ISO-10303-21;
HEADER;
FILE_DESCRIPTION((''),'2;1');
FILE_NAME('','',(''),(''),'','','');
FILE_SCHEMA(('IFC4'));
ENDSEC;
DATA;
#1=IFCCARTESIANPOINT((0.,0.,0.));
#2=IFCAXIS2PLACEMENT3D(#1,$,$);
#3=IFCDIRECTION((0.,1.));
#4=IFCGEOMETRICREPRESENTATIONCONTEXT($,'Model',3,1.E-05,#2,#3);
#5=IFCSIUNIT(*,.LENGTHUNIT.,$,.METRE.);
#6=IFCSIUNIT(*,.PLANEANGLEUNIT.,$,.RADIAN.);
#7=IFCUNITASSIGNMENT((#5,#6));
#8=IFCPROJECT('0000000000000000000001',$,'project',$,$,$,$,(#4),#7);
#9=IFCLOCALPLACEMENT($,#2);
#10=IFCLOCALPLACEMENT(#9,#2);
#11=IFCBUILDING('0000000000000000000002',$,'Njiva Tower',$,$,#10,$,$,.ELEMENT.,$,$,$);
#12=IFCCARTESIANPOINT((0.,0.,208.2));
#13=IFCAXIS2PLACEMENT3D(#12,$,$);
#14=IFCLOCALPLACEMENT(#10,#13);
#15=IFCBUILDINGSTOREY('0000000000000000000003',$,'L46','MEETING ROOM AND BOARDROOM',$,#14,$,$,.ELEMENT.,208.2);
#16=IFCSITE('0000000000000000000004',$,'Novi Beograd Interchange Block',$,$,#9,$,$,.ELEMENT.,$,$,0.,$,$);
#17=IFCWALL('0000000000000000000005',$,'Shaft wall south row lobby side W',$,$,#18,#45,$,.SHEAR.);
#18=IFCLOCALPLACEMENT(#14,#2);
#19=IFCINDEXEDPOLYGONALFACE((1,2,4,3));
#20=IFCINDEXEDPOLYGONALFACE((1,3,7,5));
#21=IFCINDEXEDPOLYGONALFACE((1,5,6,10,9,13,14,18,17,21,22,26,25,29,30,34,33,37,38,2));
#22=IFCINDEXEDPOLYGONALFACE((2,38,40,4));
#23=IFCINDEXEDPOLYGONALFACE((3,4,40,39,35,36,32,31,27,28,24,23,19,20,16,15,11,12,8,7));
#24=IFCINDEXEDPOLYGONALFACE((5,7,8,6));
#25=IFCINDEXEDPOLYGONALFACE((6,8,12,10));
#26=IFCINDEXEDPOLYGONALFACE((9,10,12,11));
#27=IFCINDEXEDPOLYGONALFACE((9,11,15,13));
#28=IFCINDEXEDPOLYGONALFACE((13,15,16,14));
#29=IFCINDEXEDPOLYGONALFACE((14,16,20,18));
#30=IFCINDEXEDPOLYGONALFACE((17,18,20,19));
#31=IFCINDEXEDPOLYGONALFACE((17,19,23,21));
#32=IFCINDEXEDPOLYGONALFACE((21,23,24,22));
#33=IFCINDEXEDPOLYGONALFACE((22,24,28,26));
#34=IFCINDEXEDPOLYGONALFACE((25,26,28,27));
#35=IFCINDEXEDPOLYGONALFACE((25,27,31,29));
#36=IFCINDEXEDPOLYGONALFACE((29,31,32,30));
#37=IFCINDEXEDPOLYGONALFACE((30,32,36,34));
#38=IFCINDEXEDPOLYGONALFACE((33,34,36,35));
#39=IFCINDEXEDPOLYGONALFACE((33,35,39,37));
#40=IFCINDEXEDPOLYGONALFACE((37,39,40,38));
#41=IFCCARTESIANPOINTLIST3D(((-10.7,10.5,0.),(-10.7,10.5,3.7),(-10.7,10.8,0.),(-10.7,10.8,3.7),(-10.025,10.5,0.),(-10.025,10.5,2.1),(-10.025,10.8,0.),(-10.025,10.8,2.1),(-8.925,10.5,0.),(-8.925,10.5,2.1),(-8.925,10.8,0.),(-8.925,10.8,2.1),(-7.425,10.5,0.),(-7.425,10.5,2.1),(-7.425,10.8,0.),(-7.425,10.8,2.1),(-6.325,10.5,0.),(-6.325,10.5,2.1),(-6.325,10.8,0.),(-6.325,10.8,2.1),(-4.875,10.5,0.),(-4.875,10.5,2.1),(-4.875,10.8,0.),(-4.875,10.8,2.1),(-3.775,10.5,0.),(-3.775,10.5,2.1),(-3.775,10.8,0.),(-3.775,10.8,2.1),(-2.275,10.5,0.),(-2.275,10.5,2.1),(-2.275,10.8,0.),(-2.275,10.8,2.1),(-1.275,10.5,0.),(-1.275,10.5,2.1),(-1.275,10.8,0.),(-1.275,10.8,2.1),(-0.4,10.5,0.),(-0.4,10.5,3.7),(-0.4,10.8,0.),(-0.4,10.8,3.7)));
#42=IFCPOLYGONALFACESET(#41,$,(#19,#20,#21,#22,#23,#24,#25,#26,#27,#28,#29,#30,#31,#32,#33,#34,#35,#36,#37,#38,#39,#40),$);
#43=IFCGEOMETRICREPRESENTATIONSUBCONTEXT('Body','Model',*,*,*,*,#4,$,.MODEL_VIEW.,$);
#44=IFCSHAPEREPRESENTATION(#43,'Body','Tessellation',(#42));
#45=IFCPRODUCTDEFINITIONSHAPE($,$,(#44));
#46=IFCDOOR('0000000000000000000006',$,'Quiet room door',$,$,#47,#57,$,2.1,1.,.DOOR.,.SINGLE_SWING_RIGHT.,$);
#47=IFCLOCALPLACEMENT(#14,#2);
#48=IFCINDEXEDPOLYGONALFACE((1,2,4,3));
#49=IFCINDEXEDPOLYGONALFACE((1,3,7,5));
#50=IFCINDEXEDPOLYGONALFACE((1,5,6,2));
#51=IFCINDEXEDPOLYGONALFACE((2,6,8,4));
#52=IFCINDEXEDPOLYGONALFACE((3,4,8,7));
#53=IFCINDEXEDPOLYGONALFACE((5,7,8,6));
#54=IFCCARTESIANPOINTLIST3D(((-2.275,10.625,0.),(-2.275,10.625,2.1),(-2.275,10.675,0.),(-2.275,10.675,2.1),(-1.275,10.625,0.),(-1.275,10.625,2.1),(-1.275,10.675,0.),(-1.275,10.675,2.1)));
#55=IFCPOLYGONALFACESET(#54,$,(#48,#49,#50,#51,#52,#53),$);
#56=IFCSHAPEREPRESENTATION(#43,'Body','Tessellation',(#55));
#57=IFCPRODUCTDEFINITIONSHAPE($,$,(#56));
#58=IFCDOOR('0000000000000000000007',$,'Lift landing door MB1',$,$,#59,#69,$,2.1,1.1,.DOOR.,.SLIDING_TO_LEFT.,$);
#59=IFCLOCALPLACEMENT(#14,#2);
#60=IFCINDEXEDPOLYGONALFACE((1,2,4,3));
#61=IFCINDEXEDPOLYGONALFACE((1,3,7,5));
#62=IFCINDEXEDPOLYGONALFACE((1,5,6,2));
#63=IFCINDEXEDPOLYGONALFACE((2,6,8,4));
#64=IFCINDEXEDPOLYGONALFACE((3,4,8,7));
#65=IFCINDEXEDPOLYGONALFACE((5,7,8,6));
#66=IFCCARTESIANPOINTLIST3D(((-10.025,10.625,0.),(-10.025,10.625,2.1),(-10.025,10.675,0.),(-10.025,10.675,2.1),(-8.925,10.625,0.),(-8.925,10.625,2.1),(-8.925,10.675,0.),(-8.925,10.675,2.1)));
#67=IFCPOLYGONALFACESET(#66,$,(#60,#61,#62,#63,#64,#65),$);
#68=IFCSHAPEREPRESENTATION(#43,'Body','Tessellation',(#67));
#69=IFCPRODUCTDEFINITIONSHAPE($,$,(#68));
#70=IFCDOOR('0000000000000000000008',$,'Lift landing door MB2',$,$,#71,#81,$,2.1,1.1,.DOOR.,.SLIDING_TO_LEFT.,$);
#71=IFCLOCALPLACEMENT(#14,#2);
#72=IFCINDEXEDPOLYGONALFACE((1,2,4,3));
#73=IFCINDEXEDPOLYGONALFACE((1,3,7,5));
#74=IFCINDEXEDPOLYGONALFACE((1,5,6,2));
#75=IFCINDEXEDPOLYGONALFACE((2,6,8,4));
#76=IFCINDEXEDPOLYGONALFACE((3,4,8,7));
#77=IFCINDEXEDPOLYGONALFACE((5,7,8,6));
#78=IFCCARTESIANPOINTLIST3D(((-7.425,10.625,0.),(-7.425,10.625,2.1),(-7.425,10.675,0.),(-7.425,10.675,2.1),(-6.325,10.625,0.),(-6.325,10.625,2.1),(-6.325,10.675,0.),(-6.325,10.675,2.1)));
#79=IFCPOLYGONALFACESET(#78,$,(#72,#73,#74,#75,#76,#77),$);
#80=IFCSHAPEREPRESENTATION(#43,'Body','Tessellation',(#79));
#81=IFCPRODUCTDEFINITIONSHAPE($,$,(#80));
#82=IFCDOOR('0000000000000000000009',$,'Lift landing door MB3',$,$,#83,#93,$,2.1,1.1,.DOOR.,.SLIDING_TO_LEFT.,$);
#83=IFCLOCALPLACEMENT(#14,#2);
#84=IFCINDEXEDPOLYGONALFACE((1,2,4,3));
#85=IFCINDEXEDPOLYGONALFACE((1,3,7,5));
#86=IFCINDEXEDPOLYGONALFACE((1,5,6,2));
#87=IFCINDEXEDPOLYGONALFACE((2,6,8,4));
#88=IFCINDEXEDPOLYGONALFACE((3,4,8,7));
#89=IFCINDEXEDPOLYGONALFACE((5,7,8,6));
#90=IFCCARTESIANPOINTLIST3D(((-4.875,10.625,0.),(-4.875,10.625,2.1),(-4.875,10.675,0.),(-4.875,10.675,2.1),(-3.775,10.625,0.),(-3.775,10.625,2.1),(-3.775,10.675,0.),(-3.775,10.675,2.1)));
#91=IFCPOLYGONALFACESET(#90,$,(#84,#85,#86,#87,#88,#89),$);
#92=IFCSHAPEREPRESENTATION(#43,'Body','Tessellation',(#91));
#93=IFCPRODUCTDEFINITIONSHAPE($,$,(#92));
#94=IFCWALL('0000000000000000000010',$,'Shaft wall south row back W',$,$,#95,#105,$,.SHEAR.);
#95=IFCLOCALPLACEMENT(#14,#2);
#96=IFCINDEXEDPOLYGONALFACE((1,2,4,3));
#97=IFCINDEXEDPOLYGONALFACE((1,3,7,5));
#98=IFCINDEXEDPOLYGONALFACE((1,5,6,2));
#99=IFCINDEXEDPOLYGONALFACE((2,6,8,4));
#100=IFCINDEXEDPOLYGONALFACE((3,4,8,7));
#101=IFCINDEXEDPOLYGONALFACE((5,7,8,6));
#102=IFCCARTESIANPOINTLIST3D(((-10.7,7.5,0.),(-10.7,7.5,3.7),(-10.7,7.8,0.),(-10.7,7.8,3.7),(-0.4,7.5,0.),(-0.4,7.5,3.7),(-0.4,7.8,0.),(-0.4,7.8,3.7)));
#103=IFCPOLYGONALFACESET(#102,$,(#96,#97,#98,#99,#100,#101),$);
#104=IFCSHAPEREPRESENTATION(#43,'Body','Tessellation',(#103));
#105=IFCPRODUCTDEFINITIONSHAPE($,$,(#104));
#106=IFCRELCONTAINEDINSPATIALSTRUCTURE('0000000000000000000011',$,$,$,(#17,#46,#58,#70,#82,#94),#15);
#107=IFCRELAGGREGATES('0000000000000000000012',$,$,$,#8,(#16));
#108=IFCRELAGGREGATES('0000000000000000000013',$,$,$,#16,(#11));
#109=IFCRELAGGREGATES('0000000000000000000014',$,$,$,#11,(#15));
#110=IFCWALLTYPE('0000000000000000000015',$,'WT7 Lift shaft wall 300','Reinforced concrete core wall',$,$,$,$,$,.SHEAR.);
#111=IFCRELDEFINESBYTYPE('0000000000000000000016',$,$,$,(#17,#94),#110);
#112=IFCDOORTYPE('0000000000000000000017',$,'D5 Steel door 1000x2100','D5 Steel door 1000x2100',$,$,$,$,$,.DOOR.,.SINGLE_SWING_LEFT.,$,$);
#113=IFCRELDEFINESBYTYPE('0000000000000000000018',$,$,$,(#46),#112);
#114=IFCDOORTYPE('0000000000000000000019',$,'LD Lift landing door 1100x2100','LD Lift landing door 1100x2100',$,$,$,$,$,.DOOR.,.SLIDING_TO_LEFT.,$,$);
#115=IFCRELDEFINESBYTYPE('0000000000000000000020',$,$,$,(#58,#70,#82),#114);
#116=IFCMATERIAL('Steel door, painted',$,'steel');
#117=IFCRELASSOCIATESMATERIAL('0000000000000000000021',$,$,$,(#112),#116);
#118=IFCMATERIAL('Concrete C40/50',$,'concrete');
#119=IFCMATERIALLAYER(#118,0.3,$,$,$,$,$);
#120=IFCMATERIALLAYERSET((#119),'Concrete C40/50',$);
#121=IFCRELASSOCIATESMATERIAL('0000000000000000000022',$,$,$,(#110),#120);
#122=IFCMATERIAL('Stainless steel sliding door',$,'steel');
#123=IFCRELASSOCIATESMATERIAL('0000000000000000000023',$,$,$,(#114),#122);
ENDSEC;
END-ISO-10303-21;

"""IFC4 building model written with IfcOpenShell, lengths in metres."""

from ifc_helpers import new_model, si_unit, direction, frame, frame_2d, origin, place, context, subcontext, project, spatial, rectangle, extrude, material, layer, layer_set, type_object, element, fill, save


model = new_model("IFC4")

# Units and contexts
model_context = context("Model", 3, precision=1e-05, world=origin(), true_north=direction((0.0, 1.0)))
body_context = subcontext(model_context, "Body", "Model", "MODEL_VIEW")
ifc_project = project(units=[si_unit("LENGTHUNIT", "METRE"), si_unit("PLANEANGLEUNIT", "RADIAN")], contexts=[model_context])

# Site, building, storey
site_placement = place(None, origin())
site = spatial("IfcSite", under=ifc_project, at=site_placement, Name="Novi Beograd Interchange Block", CompositionType="ELEMENT", RefElevation=0.0)
building_placement = place(site_placement, origin())
building = spatial("IfcBuilding", under=site, at=building_placement, Name="Njiva Tower", CompositionType="ELEMENT")
storey_placement = place(building_placement, frame((0.0, 0.0, 208.2)))
storey = spatial("IfcBuildingStorey", under=building, at=storey_placement, Name="L46", Description="MEETING ROOM AND BOARDROOM", CompositionType="ELEMENT", Elevation=208.2)

# Shared definitions
ifc_material_1 = material(Name="Concrete C40/50", Category="concrete")
ifc_material_2 = material(Name="Steel door, painted", Category="steel")
door_type_1 = type_object("IfcDoorType", Name="D5 Steel door 1000x2100", Description="D5 Steel door 1000x2100", OperationType="SINGLE_SWING_LEFT", PredefinedType="DOOR", material=ifc_material_2)

# Wall, openings, doors
ifc_layer_1 = layer(ifc_material_1, 0.3)
ifc_layer_set_1 = layer_set([ifc_layer_1], Name="Concrete C40/50")
wall_type_1 = type_object("IfcWallType", Name="WT7 Lift shaft wall 300", Description="Reinforced concrete core wall", PredefinedType="SHEAR", material=ifc_layer_set_1)
wall_1_placement = place(storey_placement, frame((-10.7, 10.65, 0.0), z_axis=(0.0, 0.0, 1.0), x_axis=(1.0, 0.0, 0.0)))
wall_1 = element("IfcWall", 1, at=wall_1_placement, inside=storey, type_object=wall_type_1, Name="Shaft wall south row lobby side W", PredefinedType="SHEAR", context=body_context, shape_type="SweptSolid", body=[
    extrude(rectangle(XDim=10.3, YDim=0.3, at=frame_2d((5.15, 0.0))), origin(), (0.0, 0.0, 1.0), 3.7),
])
opening_1_placement = place(wall_1_placement, frame((0.675, 0.0, 0.0)))
opening_1 = element("IfcOpeningElement", 2, at=opening_1_placement, cuts=wall_1, PredefinedType="OPENING", context=body_context, shape_type="SweptSolid", body=[
    extrude(rectangle(XDim=1.1, YDim=2.1, at=frame_2d((0.55, 1.05))), frame((0.0, 0.16, 0.0), z_axis=(0.0, -1.0, 0.0), x_axis=(1.0, 0.0, 0.0)), (0.0, 0.0, 1.0), 0.32),
])
opening_2_placement = place(wall_1_placement, frame((3.275, 0.0, 0.0)))
opening_2 = element("IfcOpeningElement", 3, at=opening_2_placement, cuts=wall_1, PredefinedType="OPENING", context=body_context, shape_type="SweptSolid", body=[
    extrude(rectangle(XDim=1.1, YDim=2.1, at=frame_2d((0.55, 1.05))), frame((0.0, 0.16, 0.0), z_axis=(0.0, -1.0, 0.0), x_axis=(1.0, 0.0, 0.0)), (0.0, 0.0, 1.0), 0.32),
])
opening_3_placement = place(wall_1_placement, frame((5.825, 0.0, 0.0)))
opening_3 = element("IfcOpeningElement", 4, at=opening_3_placement, cuts=wall_1, PredefinedType="OPENING", context=body_context, shape_type="SweptSolid", body=[
    extrude(rectangle(XDim=1.1, YDim=2.1, at=frame_2d((0.55, 1.05))), frame((0.0, 0.16, 0.0), z_axis=(0.0, -1.0, 0.0), x_axis=(1.0, 0.0, 0.0)), (0.0, 0.0, 1.0), 0.32),
])
opening_4_placement = place(wall_1_placement, frame((8.425, 0.0, 0.0)))
opening_4 = element("IfcOpeningElement", 5, at=opening_4_placement, cuts=wall_1, PredefinedType="OPENING", context=body_context, shape_type="SweptSolid", body=[
    extrude(rectangle(XDim=1.0, YDim=2.1, at=frame_2d((0.5, 1.05))), frame((0.0, 0.16, 0.0), z_axis=(0.0, -1.0, 0.0), x_axis=(1.0, 0.0, 0.0)), (0.0, 0.0, 1.0), 0.32),
])
door_1_placement = place(opening_4_placement, origin())
door_1 = element("IfcDoor", 6, at=door_1_placement, inside=storey, type_object=door_type_1, Name="Quiet room door", OperationType="SINGLE_SWING_RIGHT", OverallHeight=2.1, OverallWidth=1.0, PredefinedType="DOOR", context=body_context, shape_type="SweptSolid", body=[
    extrude(rectangle(XDim=1.0, YDim=2.1, at=frame_2d((0.5, 1.05))), frame((0.0, 0.025, 0.0), z_axis=(0.0, -1.0, 0.0), x_axis=(1.0, 0.0, 0.0)), (0.0, 0.0, 1.0), 0.05),
])
fill(opening_4, door_1)
ifc_material_3 = material(Name="Stainless steel sliding door", Category="steel")
door_type_2 = type_object("IfcDoorType", Name="LD Lift landing door 1100x2100", Description="LD Lift landing door 1100x2100", OperationType="SLIDING_TO_LEFT", PredefinedType="DOOR", material=ifc_material_3)
door_2_placement = place(opening_1_placement, origin())
door_2 = element("IfcDoor", 7, at=door_2_placement, inside=storey, type_object=door_type_2, Name="Lift landing door MB1", OperationType="SLIDING_TO_LEFT", OverallHeight=2.1, OverallWidth=1.1, PredefinedType="DOOR", context=body_context, shape_type="SweptSolid", body=[
    extrude(rectangle(XDim=1.1, YDim=2.1, at=frame_2d((0.55, 1.05))), frame((0.0, 0.025, 0.0), z_axis=(0.0, -1.0, 0.0), x_axis=(1.0, 0.0, 0.0)), (0.0, 0.0, 1.0), 0.05),
])
fill(opening_1, door_2)
door_3_placement = place(opening_2_placement, origin())
door_3 = element("IfcDoor", 8, at=door_3_placement, inside=storey, type_object=door_type_2, Name="Lift landing door MB2", OperationType="SLIDING_TO_LEFT", OverallHeight=2.1, OverallWidth=1.1, PredefinedType="DOOR", context=body_context, shape_type="SweptSolid", body=[
    extrude(rectangle(XDim=1.1, YDim=2.1, at=frame_2d((0.55, 1.05))), frame((0.0, 0.025, 0.0), z_axis=(0.0, -1.0, 0.0), x_axis=(1.0, 0.0, 0.0)), (0.0, 0.0, 1.0), 0.05),
])
fill(opening_2, door_3)
door_4_placement = place(opening_3_placement, origin())
door_4 = element("IfcDoor", 9, at=door_4_placement, inside=storey, type_object=door_type_2, Name="Lift landing door MB3", OperationType="SLIDING_TO_LEFT", OverallHeight=2.1, OverallWidth=1.1, PredefinedType="DOOR", context=body_context, shape_type="SweptSolid", body=[
    extrude(rectangle(XDim=1.1, YDim=2.1, at=frame_2d((0.55, 1.05))), frame((0.0, 0.025, 0.0), z_axis=(0.0, -1.0, 0.0), x_axis=(1.0, 0.0, 0.0)), (0.0, 0.0, 1.0), 0.05),
])
fill(opening_3, door_4)

# Wall
wall_2_placement = place(storey_placement, frame((-10.7, 7.65, 0.0), z_axis=(0.0, 0.0, 1.0), x_axis=(1.0, 0.0, 0.0)))
element("IfcWall", 10, at=wall_2_placement, inside=storey, type_object=wall_type_1, Name="Shaft wall south row back W", PredefinedType="SHEAR", context=body_context, shape_type="SweptSolid", body=[
    extrude(rectangle(XDim=10.3, YDim=0.3, at=frame_2d((5.15, 0.0))), origin(), (0.0, 0.0, 1.0), 3.7),
])

save(model, "model.ifc")
